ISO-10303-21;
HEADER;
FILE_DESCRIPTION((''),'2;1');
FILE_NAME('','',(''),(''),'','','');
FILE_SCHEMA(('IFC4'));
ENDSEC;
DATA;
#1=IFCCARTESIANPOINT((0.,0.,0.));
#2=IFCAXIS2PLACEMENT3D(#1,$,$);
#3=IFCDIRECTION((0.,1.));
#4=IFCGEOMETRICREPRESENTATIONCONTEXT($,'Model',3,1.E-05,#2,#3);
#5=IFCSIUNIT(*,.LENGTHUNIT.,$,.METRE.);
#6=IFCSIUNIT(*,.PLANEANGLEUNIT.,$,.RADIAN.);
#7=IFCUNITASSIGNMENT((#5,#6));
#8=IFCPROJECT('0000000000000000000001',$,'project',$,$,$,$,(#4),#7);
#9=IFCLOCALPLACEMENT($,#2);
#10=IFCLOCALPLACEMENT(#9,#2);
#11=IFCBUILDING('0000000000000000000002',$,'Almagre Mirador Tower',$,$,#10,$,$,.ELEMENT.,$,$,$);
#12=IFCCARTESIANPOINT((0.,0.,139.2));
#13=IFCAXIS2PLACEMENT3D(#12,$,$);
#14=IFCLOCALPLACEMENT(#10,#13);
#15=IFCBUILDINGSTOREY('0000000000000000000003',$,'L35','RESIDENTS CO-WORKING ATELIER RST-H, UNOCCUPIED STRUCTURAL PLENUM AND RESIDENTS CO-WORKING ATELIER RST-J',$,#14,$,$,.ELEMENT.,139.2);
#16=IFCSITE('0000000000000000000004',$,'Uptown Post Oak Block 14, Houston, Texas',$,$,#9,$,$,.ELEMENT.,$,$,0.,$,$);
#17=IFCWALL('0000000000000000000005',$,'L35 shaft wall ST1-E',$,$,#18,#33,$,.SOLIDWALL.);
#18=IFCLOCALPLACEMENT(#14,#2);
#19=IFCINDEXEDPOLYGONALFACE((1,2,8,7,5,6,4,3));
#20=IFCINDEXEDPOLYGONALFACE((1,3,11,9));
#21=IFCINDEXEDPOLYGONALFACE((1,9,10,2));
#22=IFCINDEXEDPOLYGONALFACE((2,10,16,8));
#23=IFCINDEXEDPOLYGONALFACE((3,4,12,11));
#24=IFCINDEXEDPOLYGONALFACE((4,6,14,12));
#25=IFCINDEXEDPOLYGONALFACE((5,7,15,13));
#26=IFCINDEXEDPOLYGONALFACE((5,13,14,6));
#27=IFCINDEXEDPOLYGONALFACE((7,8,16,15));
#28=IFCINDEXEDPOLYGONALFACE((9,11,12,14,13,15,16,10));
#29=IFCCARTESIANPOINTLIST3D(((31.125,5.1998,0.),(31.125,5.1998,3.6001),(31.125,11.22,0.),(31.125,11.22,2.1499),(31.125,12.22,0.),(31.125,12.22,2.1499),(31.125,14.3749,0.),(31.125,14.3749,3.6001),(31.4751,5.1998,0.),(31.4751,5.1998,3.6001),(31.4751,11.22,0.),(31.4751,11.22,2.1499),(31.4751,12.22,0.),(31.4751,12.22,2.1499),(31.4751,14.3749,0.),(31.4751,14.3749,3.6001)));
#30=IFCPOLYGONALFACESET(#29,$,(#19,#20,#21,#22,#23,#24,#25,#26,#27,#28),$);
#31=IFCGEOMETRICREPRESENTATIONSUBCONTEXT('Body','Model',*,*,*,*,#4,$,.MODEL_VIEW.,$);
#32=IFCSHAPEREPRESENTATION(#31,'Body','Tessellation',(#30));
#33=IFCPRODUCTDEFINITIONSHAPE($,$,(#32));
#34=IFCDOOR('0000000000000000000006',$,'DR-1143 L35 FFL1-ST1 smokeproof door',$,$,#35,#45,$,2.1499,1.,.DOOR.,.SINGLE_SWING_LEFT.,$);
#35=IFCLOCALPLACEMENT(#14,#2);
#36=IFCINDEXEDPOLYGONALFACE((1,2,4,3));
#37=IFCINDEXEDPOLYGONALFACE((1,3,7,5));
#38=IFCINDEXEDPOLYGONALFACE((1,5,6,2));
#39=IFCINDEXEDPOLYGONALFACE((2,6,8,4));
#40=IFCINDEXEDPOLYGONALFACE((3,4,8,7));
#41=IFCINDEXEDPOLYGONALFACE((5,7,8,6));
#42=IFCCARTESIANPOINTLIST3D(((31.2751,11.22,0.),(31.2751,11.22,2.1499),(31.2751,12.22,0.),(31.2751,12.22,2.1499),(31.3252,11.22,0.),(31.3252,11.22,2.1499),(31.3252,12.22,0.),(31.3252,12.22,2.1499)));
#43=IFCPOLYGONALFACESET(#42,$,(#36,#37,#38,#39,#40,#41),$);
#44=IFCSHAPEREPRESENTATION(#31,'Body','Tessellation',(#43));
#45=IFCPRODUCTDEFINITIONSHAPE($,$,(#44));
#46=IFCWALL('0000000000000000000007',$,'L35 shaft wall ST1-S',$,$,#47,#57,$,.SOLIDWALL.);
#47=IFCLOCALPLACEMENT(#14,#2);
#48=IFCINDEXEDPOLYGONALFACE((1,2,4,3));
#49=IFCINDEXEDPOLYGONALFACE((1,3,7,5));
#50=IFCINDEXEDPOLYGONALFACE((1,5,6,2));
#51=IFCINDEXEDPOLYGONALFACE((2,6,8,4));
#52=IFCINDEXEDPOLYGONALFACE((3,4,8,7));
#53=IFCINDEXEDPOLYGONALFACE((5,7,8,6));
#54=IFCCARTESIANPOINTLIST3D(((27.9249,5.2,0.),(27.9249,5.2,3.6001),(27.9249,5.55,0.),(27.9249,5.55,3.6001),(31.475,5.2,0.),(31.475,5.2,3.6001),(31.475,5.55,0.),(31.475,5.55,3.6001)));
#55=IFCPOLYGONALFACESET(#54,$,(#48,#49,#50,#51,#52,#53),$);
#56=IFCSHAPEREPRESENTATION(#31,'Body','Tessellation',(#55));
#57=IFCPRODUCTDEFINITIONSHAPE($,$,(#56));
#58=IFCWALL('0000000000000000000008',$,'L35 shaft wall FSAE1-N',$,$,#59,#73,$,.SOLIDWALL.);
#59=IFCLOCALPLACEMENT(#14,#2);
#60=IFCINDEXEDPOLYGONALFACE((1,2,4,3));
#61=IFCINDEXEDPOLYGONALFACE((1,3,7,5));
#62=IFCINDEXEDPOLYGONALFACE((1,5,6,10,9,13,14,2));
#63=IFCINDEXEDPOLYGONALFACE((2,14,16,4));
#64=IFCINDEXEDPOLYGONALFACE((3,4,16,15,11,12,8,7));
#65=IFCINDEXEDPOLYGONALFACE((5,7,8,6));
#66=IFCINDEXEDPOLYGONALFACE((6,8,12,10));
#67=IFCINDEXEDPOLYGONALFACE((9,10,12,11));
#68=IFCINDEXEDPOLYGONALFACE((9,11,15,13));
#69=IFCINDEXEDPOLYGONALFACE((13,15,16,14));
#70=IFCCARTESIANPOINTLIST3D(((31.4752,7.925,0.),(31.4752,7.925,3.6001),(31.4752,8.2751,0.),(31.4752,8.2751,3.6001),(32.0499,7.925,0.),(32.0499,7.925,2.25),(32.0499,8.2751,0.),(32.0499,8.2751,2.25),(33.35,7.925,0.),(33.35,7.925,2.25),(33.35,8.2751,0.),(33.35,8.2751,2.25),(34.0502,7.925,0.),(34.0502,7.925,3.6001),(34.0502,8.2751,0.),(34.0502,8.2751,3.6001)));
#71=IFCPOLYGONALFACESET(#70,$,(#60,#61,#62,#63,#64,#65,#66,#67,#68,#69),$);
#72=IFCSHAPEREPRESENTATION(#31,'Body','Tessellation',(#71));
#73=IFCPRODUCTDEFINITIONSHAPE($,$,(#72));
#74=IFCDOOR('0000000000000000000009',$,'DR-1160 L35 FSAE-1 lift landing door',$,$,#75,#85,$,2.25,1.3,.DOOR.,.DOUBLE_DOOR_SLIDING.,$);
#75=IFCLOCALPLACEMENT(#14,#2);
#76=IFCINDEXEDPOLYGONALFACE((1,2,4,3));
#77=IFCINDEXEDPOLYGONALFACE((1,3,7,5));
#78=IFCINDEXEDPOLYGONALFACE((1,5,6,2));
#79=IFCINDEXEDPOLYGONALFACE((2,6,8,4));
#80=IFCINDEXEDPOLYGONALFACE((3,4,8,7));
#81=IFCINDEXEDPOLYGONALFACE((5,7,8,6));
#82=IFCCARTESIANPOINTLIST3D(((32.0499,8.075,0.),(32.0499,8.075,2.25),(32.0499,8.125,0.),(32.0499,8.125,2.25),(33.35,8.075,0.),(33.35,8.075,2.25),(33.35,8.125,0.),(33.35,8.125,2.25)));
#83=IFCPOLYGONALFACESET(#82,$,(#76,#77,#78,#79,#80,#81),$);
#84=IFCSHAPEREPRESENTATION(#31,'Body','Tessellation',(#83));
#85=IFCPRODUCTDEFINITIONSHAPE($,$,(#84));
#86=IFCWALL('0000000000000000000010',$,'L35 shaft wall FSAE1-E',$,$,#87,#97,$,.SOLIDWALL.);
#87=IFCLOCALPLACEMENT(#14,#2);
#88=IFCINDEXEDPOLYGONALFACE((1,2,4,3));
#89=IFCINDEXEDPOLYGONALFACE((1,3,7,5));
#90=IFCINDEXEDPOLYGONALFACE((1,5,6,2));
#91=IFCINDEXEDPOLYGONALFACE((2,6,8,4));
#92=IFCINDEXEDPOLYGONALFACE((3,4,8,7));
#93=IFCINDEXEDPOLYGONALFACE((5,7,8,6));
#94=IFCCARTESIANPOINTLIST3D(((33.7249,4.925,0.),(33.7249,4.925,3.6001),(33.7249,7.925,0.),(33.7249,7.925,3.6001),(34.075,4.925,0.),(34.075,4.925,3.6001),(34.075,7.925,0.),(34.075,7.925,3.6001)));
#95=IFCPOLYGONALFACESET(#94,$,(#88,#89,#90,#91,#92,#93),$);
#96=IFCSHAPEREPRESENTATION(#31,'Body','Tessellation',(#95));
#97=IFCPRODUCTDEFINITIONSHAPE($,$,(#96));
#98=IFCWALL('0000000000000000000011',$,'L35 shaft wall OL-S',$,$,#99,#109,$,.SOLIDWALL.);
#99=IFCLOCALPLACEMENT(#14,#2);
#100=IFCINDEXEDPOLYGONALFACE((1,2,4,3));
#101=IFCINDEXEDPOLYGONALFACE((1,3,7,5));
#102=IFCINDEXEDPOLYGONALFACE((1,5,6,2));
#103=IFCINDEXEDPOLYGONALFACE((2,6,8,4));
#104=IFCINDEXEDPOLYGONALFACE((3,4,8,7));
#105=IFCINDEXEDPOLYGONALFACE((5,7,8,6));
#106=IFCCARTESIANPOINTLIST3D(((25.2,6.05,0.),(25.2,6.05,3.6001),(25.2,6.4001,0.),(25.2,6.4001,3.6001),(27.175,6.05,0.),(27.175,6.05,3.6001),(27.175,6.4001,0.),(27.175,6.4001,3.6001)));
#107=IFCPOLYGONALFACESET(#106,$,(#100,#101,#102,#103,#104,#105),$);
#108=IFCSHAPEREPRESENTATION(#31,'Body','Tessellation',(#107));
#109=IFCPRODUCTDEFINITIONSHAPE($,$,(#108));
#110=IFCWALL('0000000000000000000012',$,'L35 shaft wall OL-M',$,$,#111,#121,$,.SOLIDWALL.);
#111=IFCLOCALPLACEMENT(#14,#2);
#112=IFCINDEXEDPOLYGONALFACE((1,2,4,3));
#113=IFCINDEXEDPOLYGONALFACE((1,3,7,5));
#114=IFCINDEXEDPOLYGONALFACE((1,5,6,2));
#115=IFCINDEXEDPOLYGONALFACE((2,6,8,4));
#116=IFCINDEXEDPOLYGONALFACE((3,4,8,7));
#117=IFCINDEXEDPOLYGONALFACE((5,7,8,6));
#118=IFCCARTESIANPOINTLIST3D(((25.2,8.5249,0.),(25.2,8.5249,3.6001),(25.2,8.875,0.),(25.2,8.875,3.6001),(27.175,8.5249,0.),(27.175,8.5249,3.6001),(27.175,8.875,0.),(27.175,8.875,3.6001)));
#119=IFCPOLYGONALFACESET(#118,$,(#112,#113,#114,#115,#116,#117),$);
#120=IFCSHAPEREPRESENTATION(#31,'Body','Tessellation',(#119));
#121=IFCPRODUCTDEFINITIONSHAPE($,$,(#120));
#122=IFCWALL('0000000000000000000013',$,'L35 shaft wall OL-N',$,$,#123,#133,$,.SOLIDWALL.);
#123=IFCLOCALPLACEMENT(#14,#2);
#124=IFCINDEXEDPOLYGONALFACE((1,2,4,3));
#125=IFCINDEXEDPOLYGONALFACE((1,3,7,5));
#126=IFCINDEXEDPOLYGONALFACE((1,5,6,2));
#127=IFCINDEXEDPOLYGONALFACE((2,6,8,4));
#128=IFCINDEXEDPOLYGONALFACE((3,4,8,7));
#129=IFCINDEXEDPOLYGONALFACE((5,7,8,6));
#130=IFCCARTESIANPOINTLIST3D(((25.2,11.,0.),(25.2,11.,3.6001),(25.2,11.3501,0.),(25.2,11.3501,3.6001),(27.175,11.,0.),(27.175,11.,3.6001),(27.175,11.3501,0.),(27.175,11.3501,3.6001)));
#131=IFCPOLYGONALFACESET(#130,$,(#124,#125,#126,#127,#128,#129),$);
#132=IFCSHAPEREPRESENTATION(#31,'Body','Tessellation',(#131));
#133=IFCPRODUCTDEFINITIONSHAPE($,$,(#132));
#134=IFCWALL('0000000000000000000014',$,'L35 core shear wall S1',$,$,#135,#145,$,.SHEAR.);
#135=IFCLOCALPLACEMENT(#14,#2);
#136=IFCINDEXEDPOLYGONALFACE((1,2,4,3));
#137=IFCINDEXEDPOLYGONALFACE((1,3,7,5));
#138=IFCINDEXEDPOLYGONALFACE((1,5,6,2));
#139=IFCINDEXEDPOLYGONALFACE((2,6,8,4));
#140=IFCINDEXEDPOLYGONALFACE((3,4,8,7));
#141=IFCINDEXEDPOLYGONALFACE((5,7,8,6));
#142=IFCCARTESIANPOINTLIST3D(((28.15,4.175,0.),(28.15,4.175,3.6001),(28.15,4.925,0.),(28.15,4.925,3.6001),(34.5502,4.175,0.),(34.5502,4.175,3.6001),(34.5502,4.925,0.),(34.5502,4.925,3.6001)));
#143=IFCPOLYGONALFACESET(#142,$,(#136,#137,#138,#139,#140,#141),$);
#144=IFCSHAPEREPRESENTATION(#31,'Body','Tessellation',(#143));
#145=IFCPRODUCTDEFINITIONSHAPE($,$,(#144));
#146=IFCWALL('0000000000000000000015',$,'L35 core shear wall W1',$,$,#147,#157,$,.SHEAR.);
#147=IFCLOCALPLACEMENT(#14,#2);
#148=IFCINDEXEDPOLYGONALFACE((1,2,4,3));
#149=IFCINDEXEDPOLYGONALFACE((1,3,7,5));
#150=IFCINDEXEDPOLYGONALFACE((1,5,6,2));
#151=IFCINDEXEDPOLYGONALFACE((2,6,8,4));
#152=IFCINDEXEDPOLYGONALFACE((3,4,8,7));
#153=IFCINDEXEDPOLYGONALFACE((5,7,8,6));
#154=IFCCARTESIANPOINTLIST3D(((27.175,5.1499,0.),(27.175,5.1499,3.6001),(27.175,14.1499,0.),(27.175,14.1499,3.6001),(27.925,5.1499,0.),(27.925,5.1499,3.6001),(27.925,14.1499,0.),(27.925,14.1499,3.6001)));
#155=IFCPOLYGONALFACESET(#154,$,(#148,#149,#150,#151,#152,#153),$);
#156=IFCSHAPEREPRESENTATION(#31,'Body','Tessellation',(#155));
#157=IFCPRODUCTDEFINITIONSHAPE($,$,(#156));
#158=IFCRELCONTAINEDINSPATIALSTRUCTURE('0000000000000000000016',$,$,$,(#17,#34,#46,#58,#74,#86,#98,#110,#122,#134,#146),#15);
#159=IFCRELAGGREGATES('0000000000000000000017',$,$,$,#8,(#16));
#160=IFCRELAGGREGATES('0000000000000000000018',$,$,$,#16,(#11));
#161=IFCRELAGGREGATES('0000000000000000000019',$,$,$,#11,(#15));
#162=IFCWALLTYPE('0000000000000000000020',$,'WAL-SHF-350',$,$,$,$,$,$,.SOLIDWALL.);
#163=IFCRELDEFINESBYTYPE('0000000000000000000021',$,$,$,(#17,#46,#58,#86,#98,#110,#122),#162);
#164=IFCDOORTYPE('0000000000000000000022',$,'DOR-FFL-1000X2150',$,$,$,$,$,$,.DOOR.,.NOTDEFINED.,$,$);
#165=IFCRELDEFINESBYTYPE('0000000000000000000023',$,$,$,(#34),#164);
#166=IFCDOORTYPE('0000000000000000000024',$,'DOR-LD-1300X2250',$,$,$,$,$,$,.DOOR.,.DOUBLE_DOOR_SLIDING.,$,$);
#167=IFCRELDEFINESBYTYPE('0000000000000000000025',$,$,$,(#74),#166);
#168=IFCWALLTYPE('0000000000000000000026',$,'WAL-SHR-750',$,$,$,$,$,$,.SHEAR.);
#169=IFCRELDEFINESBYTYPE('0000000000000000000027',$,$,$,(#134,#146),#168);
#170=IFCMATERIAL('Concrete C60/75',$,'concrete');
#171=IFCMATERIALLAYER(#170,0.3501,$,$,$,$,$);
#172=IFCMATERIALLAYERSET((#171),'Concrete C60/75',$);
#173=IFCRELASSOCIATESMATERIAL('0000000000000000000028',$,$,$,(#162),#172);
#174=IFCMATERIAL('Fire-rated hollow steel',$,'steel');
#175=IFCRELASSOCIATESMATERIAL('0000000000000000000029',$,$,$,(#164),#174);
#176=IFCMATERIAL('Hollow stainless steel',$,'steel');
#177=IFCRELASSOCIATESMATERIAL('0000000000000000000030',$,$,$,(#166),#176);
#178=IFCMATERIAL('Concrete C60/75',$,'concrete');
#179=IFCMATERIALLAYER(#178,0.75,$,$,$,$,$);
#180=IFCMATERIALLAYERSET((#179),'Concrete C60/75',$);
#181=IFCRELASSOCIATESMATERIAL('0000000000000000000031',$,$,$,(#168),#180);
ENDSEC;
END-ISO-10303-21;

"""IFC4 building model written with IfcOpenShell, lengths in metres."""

from ifc_helpers import new_model, si_unit, direction, frame, frame_2d, origin, place, context, subcontext, project, spatial, rectangle, extrude, material, layer, layer_set, type_object, element, fill, save


model = new_model("IFC4")

# Units and contexts
model_context = context("Model", 3, precision=1e-05, world=origin(), true_north=direction((0.0, 1.0)))
body_context = subcontext(model_context, "Body", "Model", "MODEL_VIEW")
ifc_project = project(units=[si_unit("LENGTHUNIT", "METRE"), si_unit("PLANEANGLEUNIT", "RADIAN")], contexts=[model_context])

# Site, building, storey
site_placement = place(None, origin())
site = spatial("IfcSite", under=ifc_project, at=site_placement, Name="Uptown Post Oak Block 14, Houston, Texas", CompositionType="ELEMENT", RefElevation=0.0)
building_placement = place(site_placement, origin())
building = spatial("IfcBuilding", under=site, at=building_placement, Name="Almagre Mirador Tower", CompositionType="ELEMENT")
storey_placement = place(building_placement, frame((0.0, 0.0, 139.2)))
storey = spatial("IfcBuildingStorey", under=building, at=storey_placement, Name="L35", Description="RESIDENTS CO-WORKING ATELIER RST-H, UNOCCUPIED STRUCTURAL PLENUM AND RESIDENTS CO-WORKING ATELIER RST-J", CompositionType="ELEMENT", Elevation=139.2)

# Shared definitions
ifc_material_1 = material(Name="Concrete C60/75", Category="concrete")
ifc_layer_1 = layer(ifc_material_1, 0.3501)
ifc_layer_set_1 = layer_set([ifc_layer_1], Name="Concrete C60/75")
wall_type_1 = type_object("IfcWallType", Name="WAL-SHF-350", PredefinedType="SOLIDWALL", material=ifc_layer_set_1)

# Wall, opening, door
wall_1_placement = place(storey_placement, frame((31.3, 5.2, 0.0), z_axis=(0.0, 0.0, 1.0), x_axis=(0.0, 1.0, 0.0)))
wall_1 = element("IfcWall", 1, at=wall_1_placement, inside=storey, type_object=wall_type_1, Name="L35 shaft wall ST1-E", PredefinedType="SOLIDWALL", context=body_context, shape_type="SweptSolid", body=[
    extrude(rectangle(XDim=9.175, YDim=0.3501, at=frame_2d((4.5874, 0.0))), origin(), (0.0, 0.0, 1.0), 3.6001),
])
opening_1_placement = place(wall_1_placement, frame((6.02, 0.0, 0.0)))
opening_1 = element("IfcOpeningElement", 2, at=opening_1_placement, cuts=wall_1, PredefinedType="OPENING", context=body_context, shape_type="SweptSolid", body=[
    extrude(rectangle(XDim=1.0, YDim=2.1499, at=frame_2d((0.5, 1.075))), frame((0.0, 0.185, 0.0), z_axis=(0.0, -1.0, 0.0), x_axis=(1.0, 0.0, 0.0)), (0.0, 0.0, 1.0), 0.3701),
])
ifc_material_2 = material(Name="Fire-rated hollow steel", Category="steel")
door_type_1 = type_object("IfcDoorType", Name="DOR-FFL-1000X2150", OperationType="NOTDEFINED", PredefinedType="DOOR", material=ifc_material_2)
door_1_placement = place(opening_1_placement, origin())
door_1 = element("IfcDoor", 3, at=door_1_placement, inside=storey, type_object=door_type_1, Name="DR-1143 L35 FFL1-ST1 smokeproof door", OperationType="SINGLE_SWING_LEFT", OverallHeight=2.1499, OverallWidth=1.0, PredefinedType="DOOR", context=body_context, shape_type="SweptSolid", body=[
    extrude(rectangle(XDim=1.0, YDim=2.1499, at=frame_2d((0.5, 1.075))), frame((0.0, 0.0249, 0.0), z_axis=(0.0, -1.0, 0.0), x_axis=(1.0, 0.0, 0.0)), (0.0, 0.0, 1.0), 0.05),
])
fill(opening_1, door_1)

# Wall
wall_2_placement = place(storey_placement, frame((27.925, 5.375, 0.0), z_axis=(0.0, 0.0, 1.0), x_axis=(1.0, 0.0, 0.0)))
element("IfcWall", 4, at=wall_2_placement, inside=storey, type_object=wall_type_1, Name="L35 shaft wall ST1-S", PredefinedType="SOLIDWALL", context=body_context, shape_type="SweptSolid", body=[
    extrude(rectangle(XDim=3.55, YDim=0.3501, at=frame_2d((1.7749, 0.0))), origin(), (0.0, 0.0, 1.0), 3.6001),
])

# Wall, opening, door
wall_3_placement = place(storey_placement, frame((31.4751, 8.1001, 0.0), z_axis=(0.0, 0.0, 1.0), x_axis=(1.0, 0.0, 0.0)))
wall_3 = element("IfcWall", 5, at=wall_3_placement, inside=storey, type_object=wall_type_1, Name="L35 shaft wall FSAE1-N", PredefinedType="SOLIDWALL", context=body_context, shape_type="SweptSolid", body=[
    extrude(rectangle(XDim=2.575, YDim=0.3501, at=frame_2d((1.2876, 0.0))), origin(), (0.0, 0.0, 1.0), 3.6001),
])
opening_2_placement = place(wall_3_placement, frame((0.575, 0.0, 0.0)))
opening_2 = element("IfcOpeningElement", 6, at=opening_2_placement, cuts=wall_3, PredefinedType="OPENING", context=body_context, shape_type="SweptSolid", body=[
    extrude(rectangle(XDim=1.3, YDim=2.25, at=frame_2d((0.6499, 1.125))), frame((0.0, 0.185, 0.0), z_axis=(0.0, -1.0, 0.0), x_axis=(1.0, 0.0, 0.0)), (0.0, 0.0, 1.0), 0.3701),
])
ifc_material_3 = material(Name="Hollow stainless steel", Category="steel")
door_type_2 = type_object("IfcDoorType", Name="DOR-LD-1300X2250", OperationType="DOUBLE_DOOR_SLIDING", PredefinedType="DOOR", material=ifc_material_3)
door_2_placement = place(opening_2_placement, origin())
door_2 = element("IfcDoor", 7, at=door_2_placement, inside=storey, type_object=door_type_2, Name="DR-1160 L35 FSAE-1 lift landing door", OperationType="DOUBLE_DOOR_SLIDING", OverallHeight=2.25, OverallWidth=1.3, PredefinedType="DOOR", context=body_context, shape_type="SweptSolid", body=[
    extrude(rectangle(XDim=1.3, YDim=2.25, at=frame_2d((0.6499, 1.125))), frame((0.0, 0.0249, 0.0), z_axis=(0.0, -1.0, 0.0), x_axis=(1.0, 0.0, 0.0)), (0.0, 0.0, 1.0), 0.05),
])
fill(opening_2, door_2)

# Walls
wall_4_placement = place(storey_placement, frame((33.8999, 4.925, 0.0), z_axis=(0.0, 0.0, 1.0), x_axis=(0.0, 1.0, 0.0)))
element("IfcWall", 8, at=wall_4_placement, inside=storey, type_object=wall_type_1, Name="L35 shaft wall FSAE1-E", PredefinedType="SOLIDWALL", context=body_context, shape_type="SweptSolid", body=[
    extrude(rectangle(XDim=3.0, YDim=0.3501, at=frame_2d((1.5, 0.0))), origin(), (0.0, 0.0, 1.0), 3.6001),
])
for number, where, z_axis, x_axis, name in (
    (9, (25.2, 6.2251, 0.0), (0.0, 0.0, 1.0), (1.0, 0.0, 0.0), "L35 shaft wall OL-S"),
    (10, (25.2, 8.7, 0.0), (0.0, 0.0, 1.0), (1.0, 0.0, 0.0), "L35 shaft wall OL-M"),
    (11, (25.2, 11.175, 0.0), (0.0, 0.0, 1.0), (1.0, 0.0, 0.0), "L35 shaft wall OL-N"),
):
    element("IfcWall", number, at=place(storey_placement, frame(where, z_axis=z_axis, x_axis=x_axis)), inside=storey, type_object=wall_type_1, Name=name, PredefinedType="SOLIDWALL", context=body_context, shape_type="SweptSolid", body=[
        extrude(rectangle(XDim=1.9751, YDim=0.3501, at=frame_2d((0.9875, 0.0))), origin(), (0.0, 0.0, 1.0), 3.6001),
    ])
ifc_material_4 = material(Name="Concrete C60/75", Category="concrete")
ifc_layer_2 = layer(ifc_material_4, 0.75)
ifc_layer_set_2 = layer_set([ifc_layer_2], Name="Concrete C60/75")
wall_type_2 = type_object("IfcWallType", Name="WAL-SHR-750", PredefinedType="SHEAR", material=ifc_layer_set_2)
wall_5_placement = place(storey_placement, frame((28.1499, 4.55, 0.0), z_axis=(0.0, 0.0, 1.0), x_axis=(1.0, 0.0, 0.0)))
element("IfcWall", 12, at=wall_5_placement, inside=storey, type_object=wall_type_2, Name="L35 core shear wall S1", PredefinedType="SHEAR", context=body_context, shape_type="SweptSolid", body=[
    extrude(rectangle(XDim=6.4001, YDim=0.75, at=frame_2d((3.2002, 0.0))), origin(), (0.0, 0.0, 1.0), 3.6001),
])
wall_6_placement = place(storey_placement, frame((27.55, 5.1499, 0.0), z_axis=(0.0, 0.0, 1.0), x_axis=(0.0, 1.0, 0.0)))
element("IfcWall", 13, at=wall_6_placement, inside=storey, type_object=wall_type_2, Name="L35 core shear wall W1", PredefinedType="SHEAR", context=body_context, shape_type="SweptSolid", body=[
    extrude(rectangle(XDim=9.0, YDim=0.75, at=frame_2d((4.5, 0.0))), origin(), (0.0, 0.0, 1.0), 3.6001),
])

save(model, "model.ifc")
